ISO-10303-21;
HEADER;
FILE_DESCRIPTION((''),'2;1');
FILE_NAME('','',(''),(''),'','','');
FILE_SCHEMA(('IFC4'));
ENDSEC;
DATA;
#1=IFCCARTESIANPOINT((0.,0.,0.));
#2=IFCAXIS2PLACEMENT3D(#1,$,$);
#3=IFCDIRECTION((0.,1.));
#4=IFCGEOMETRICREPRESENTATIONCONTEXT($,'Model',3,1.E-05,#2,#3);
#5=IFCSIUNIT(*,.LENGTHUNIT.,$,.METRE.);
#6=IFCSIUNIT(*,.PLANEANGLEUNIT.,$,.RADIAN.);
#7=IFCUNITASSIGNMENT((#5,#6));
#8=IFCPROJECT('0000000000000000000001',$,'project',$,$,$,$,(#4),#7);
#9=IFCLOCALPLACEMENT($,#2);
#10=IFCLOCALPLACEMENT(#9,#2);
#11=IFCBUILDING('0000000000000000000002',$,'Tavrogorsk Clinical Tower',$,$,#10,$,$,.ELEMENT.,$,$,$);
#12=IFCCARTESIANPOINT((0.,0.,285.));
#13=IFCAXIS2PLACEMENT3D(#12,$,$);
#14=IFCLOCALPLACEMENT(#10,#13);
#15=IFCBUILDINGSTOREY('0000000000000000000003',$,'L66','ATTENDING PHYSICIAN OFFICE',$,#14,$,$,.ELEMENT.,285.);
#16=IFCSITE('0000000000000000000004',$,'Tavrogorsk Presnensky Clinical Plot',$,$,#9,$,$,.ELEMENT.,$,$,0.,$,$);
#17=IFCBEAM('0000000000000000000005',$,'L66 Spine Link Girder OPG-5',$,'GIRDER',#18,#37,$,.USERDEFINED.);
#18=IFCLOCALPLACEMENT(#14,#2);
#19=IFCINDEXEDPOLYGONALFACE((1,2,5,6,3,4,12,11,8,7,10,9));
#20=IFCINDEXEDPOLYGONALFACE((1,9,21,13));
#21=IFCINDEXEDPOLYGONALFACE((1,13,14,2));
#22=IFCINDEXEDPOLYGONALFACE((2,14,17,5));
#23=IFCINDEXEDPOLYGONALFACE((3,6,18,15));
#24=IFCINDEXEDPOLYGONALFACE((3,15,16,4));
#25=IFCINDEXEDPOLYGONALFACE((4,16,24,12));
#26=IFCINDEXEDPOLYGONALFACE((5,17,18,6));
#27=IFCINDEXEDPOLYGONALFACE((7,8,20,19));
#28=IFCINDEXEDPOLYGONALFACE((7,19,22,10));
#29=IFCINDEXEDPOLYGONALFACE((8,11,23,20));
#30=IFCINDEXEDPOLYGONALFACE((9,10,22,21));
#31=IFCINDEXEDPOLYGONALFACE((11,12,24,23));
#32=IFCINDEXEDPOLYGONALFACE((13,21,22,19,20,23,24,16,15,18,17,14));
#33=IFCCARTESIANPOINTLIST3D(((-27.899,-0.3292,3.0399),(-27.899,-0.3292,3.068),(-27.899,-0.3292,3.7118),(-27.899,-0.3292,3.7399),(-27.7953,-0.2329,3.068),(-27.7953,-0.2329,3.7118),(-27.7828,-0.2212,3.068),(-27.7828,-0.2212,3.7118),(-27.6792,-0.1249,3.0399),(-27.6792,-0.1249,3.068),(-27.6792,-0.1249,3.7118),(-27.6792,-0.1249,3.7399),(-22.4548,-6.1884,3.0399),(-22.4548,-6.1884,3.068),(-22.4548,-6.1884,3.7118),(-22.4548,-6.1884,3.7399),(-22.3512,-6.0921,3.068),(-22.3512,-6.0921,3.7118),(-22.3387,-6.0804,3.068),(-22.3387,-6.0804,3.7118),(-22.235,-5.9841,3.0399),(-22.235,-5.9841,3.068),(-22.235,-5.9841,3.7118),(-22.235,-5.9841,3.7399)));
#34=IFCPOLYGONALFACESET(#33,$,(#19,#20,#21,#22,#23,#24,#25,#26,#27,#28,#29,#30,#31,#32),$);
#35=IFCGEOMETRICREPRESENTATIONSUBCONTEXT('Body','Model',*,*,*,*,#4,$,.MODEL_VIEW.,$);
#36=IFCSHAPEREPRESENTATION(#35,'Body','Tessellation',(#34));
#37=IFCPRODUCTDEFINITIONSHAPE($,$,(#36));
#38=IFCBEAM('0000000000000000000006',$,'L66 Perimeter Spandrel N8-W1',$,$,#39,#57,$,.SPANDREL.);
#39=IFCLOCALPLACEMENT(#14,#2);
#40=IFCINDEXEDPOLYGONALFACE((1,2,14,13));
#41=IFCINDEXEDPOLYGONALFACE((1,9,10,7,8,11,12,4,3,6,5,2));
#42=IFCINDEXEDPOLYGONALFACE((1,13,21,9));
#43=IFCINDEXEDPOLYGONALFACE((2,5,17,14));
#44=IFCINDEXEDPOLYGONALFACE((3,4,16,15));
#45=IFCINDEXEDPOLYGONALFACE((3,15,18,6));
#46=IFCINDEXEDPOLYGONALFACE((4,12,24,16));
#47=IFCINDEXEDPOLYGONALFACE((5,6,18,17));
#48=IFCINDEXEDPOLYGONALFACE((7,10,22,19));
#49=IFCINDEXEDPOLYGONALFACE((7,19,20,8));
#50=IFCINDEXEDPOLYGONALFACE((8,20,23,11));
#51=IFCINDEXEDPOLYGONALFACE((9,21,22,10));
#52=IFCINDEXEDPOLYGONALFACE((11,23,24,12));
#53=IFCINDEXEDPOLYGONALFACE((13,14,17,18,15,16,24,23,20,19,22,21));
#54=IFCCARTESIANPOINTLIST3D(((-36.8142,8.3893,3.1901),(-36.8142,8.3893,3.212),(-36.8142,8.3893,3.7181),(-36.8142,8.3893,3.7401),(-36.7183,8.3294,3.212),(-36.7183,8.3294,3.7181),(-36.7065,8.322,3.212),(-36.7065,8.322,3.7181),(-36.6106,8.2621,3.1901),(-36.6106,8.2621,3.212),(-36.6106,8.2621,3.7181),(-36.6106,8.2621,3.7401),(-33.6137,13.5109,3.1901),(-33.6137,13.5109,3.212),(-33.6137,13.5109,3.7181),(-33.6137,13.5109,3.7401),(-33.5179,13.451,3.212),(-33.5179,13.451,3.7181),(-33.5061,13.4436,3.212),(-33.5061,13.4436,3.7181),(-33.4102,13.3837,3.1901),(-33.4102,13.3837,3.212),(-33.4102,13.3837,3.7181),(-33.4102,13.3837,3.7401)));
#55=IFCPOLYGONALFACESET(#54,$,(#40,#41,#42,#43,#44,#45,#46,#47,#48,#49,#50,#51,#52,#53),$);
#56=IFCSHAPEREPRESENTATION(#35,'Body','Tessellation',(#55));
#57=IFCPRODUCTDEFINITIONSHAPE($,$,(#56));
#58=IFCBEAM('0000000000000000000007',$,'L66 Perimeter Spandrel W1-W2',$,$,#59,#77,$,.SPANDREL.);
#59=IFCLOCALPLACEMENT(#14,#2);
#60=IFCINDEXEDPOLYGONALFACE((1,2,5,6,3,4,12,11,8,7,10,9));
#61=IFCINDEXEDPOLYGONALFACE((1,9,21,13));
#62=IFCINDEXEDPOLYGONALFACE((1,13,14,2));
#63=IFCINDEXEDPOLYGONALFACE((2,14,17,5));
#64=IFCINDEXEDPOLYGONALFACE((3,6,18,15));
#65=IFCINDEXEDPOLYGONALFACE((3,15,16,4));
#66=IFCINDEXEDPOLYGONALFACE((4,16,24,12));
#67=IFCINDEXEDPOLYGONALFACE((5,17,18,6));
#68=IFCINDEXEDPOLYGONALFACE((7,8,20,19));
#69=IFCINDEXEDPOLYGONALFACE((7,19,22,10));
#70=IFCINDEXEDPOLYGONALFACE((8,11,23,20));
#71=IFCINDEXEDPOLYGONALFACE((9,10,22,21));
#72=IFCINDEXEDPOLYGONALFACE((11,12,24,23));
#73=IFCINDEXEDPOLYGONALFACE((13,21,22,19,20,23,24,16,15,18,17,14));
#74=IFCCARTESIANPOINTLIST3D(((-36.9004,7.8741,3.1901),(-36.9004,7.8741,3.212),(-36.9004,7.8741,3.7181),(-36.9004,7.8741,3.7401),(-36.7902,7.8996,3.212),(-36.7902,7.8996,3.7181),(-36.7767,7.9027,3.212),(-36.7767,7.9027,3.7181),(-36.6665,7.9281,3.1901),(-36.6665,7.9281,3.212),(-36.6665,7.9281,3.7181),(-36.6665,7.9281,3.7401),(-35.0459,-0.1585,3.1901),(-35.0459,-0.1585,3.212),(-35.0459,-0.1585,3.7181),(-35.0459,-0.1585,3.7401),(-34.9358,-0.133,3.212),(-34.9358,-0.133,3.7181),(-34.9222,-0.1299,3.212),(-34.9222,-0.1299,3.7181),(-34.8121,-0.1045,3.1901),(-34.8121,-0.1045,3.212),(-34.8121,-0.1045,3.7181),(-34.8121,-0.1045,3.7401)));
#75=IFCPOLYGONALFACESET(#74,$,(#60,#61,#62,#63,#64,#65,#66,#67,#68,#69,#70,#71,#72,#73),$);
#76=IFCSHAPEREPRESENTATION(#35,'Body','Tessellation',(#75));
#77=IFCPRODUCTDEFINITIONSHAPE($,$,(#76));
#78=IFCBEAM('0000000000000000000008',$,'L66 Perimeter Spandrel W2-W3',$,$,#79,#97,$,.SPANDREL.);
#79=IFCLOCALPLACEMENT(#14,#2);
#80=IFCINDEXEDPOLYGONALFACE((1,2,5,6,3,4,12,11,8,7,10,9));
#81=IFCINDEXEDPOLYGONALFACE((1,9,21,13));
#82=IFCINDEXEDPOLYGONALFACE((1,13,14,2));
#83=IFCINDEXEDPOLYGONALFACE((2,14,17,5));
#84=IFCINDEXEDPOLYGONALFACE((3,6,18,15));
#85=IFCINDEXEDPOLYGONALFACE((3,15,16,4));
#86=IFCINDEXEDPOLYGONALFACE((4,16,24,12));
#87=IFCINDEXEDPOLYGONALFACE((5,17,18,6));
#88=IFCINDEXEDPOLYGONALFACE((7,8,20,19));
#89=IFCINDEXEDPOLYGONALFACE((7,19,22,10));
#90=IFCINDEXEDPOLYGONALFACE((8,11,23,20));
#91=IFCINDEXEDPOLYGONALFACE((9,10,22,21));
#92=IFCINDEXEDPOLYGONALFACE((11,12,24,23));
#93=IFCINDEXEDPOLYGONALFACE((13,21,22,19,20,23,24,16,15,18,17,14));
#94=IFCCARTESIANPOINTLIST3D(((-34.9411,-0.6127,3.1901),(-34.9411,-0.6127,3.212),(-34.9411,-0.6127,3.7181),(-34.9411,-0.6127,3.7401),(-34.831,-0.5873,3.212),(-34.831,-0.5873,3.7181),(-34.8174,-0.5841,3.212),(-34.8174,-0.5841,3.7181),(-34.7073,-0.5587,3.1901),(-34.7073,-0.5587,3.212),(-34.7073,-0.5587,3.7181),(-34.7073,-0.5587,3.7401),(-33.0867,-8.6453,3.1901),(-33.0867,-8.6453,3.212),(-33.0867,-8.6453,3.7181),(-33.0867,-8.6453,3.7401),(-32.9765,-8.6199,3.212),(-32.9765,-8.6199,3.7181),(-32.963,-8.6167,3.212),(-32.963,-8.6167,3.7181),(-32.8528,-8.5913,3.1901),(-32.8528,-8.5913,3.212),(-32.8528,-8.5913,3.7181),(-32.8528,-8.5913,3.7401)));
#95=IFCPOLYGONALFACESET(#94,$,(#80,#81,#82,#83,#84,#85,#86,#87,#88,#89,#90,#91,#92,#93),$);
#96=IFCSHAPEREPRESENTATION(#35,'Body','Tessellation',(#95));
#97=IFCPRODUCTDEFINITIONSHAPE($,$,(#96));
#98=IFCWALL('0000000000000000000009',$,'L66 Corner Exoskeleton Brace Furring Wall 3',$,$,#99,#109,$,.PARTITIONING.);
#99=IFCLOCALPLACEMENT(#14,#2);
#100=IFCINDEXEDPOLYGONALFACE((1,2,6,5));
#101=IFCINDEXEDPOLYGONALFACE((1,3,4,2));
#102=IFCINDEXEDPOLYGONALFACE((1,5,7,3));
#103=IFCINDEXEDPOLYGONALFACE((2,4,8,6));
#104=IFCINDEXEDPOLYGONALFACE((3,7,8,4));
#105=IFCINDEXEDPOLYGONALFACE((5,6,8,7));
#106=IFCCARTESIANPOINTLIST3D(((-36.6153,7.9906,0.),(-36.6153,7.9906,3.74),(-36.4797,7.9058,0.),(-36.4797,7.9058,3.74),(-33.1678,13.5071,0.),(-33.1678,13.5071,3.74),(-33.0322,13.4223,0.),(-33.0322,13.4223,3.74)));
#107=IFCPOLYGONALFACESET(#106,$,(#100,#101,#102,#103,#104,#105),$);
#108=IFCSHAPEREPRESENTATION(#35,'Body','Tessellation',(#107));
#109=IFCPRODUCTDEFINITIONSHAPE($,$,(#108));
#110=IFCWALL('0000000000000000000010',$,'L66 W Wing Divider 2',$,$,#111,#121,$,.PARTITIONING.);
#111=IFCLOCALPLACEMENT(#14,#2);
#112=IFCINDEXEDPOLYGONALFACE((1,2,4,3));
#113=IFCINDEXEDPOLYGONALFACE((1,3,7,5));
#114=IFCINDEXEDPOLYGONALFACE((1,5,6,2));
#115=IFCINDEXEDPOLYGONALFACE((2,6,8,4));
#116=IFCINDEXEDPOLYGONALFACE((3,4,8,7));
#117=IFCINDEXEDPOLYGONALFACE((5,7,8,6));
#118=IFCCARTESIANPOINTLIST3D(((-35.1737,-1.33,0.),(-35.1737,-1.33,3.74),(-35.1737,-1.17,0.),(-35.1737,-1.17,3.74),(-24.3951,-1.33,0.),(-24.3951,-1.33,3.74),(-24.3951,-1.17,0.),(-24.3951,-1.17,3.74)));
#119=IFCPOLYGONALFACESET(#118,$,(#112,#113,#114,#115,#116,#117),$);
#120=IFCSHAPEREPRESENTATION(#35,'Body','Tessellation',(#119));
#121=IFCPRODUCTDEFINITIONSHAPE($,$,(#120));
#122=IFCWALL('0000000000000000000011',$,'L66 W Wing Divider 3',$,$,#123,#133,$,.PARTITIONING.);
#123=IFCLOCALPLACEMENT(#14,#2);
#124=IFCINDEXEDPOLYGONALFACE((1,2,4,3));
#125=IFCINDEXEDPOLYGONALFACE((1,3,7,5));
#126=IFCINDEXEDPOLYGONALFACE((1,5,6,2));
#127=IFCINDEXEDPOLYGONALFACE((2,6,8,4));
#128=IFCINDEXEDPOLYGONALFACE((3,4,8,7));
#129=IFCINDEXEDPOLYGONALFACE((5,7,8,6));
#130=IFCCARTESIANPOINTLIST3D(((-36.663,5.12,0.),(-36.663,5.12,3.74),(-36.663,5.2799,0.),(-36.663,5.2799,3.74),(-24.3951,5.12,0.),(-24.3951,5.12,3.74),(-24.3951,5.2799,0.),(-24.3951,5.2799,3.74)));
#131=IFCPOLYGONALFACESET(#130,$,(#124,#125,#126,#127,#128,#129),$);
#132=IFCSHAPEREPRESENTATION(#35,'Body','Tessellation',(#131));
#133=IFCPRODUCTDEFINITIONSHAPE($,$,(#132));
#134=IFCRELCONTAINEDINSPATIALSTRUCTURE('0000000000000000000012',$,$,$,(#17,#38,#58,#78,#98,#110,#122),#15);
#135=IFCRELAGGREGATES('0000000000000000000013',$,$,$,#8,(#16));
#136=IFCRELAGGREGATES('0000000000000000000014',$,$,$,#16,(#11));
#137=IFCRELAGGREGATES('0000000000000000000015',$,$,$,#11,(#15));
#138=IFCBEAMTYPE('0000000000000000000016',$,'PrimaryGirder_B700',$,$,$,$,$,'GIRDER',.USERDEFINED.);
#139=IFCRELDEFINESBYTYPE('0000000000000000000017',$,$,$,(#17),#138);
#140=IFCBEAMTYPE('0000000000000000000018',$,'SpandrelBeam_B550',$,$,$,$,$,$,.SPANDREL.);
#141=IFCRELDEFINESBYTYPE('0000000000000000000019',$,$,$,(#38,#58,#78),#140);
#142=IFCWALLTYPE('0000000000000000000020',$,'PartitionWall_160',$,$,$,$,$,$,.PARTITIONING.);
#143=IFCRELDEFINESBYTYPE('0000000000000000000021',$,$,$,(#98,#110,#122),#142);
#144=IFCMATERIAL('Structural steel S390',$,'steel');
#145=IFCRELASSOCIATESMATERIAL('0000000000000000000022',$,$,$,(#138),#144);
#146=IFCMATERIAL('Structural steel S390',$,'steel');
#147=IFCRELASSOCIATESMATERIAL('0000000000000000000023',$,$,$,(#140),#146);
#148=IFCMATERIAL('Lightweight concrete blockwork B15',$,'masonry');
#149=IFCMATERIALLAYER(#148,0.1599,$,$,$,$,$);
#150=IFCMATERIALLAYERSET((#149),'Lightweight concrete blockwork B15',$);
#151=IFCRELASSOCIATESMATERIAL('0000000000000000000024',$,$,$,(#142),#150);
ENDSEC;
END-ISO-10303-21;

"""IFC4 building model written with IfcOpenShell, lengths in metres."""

from ifc_helpers import new_model, si_unit, direction, frame, frame_2d, origin, origin_2d, place, context, subcontext, project, spatial, rectangle, i_section, extrude, material, layer, layer_set, material_profile, profile_set, type_object, element, save


model = new_model("IFC4")

# Units and contexts
model_context = context("Model", 3, precision=1e-05, world=origin(), true_north=direction((0.0, 1.0)))
body_context = subcontext(model_context, "Body", "Model", "MODEL_VIEW")
ifc_project = project(units=[si_unit("LENGTHUNIT", "METRE"), si_unit("PLANEANGLEUNIT", "RADIAN")], contexts=[model_context])

# Site, building, storey
site_placement = place(None, origin())
site = spatial("IfcSite", under=ifc_project, at=site_placement, Name="Tavrogorsk Presnensky Clinical Plot", CompositionType="ELEMENT", RefElevation=0.0)
building_placement = place(site_placement, origin())
building = spatial("IfcBuilding", under=site, at=building_placement, Name="Tavrogorsk Clinical Tower", CompositionType="ELEMENT")
storey_placement = place(building_placement, frame((0.0, 0.0, 285.0)))
storey = spatial("IfcBuildingStorey", under=building, at=storey_placement, Name="L66", Description="ATTENDING PHYSICIAN OFFICE", CompositionType="ELEMENT", Elevation=285.0)

# Beams
ifc_material_1 = material(Name="Structural steel S390", Category="steel")
ifc_material_profile_1 = material_profile(ifc_material_1, i_section(OverallWidth=0.3, OverallDepth=0.7, WebThickness=0.0171, FlangeThickness=0.0281, at=origin_2d()), Name="B-700x300x17x28")
ifc_profile_set_1 = profile_set([ifc_material_profile_1], Name="Structural steel S390")
beam_type_1 = type_object("IfcBeamType", Name="PrimaryGirder_B700", ElementType="GIRDER", PredefinedType="USERDEFINED", material=ifc_profile_set_1)
beam_1_placement = place(storey_placement, frame((-27.7891, -0.2271, 3.3899), z_axis=(0.680684, -0.732577, 0.0), x_axis=(0.732577, 0.680684, 0.0)))
element("IfcBeam", 1, at=beam_1_placement, inside=storey, type_object=beam_type_1, Name="L66 Spine Link Girder OPG-5", ObjectType="GIRDER", PredefinedType="USERDEFINED", context=body_context, shape_type="SweptSolid", body=[
    extrude(i_section(OverallWidth=0.3, OverallDepth=0.7, WebThickness=0.0171, FlangeThickness=0.0281, at=origin_2d()), origin(), (0.0, 0.0, 1.0), 7.998),
])
ifc_material_2 = material(Name="Structural steel S390", Category="steel")
ifc_material_profile_2 = material_profile(ifc_material_2, i_section(OverallWidth=0.24, OverallDepth=0.55, WebThickness=0.0139, FlangeThickness=0.022, at=origin_2d()), Name="B-550x240x14x22")
ifc_profile_set_2 = profile_set([ifc_material_profile_2], Name="Structural steel S390")
beam_type_2 = type_object("IfcBeamType", Name="SpandrelBeam_B550", PredefinedType="SPANDREL", material=ifc_profile_set_2)
beam_2_placement = place(storey_placement, frame((-33.512, 13.4473, 3.4651), z_axis=(-0.529934, -0.848039, 0.0), x_axis=(0.848039, -0.529934, 0.0)))
element("IfcBeam", 2, at=beam_2_placement, inside=storey, type_object=beam_type_2, Name="L66 Perimeter Spandrel N8-W1", PredefinedType="SPANDREL", context=body_context, shape_type="SweptSolid", body=[
    extrude(i_section(OverallWidth=0.24, OverallDepth=0.55, WebThickness=0.0139, FlangeThickness=0.022, at=origin_2d()), origin(), (0.0, 0.0, 1.0), 6.0393),
])
for number, where, z_axis, x_axis, name in (
    (3, (-36.7834, 7.9011, 3.4651), (0.22495, -0.97437, 0.0), (0.97437, 0.22495, 0.0), "L66 Perimeter Spandrel W1-W2"),
    (4, (-34.8242, -0.5857, 3.4651), (0.22495, -0.97437, 0.0), (0.97437, 0.22495, 0.0), "L66 Perimeter Spandrel W2-W3"),
):
    element("IfcBeam", number, at=place(storey_placement, frame(where, z_axis=z_axis, x_axis=x_axis)), inside=storey, type_object=beam_type_2, Name=name, PredefinedType="SPANDREL", context=body_context, shape_type="SweptSolid", body=[
        extrude(i_section(OverallWidth=0.24, OverallDepth=0.55, WebThickness=0.0139, FlangeThickness=0.022, at=origin_2d()), origin(), (0.0, 0.0, 1.0), 8.2439),
    ])

# Walls
ifc_material_3 = material(Name="Lightweight concrete blockwork B15", Category="masonry")
ifc_layer_1 = layer(ifc_material_3, 0.1599)
ifc_layer_set_1 = layer_set([ifc_layer_1], Name="Lightweight concrete blockwork B15")
wall_type_1 = type_object("IfcWallType", Name="PartitionWall_160", PredefinedType="PARTITIONING", material=ifc_layer_set_1)
wall_1_placement = place(storey_placement, frame((-33.1001, 13.4646, 0.0), z_axis=(0.0, 0.0, 1.0), x_axis=(-0.529958, -0.848024, 0.0)))
element("IfcWall", 5, at=wall_1_placement, inside=storey, type_object=wall_type_1, Name="L66 Corner Exoskeleton Brace Furring Wall 3", PredefinedType="PARTITIONING", context=body_context, shape_type="SweptSolid", body=[
    extrude(rectangle(XDim=6.5051, YDim=0.1599, at=frame_2d((3.2524, 0.0))), origin(), (0.0, 0.0, 1.0), 3.74),
])
wall_2_placement = place(storey_placement, frame((-35.1736, -1.25, 0.0), z_axis=(0.0, 0.0, 1.0), x_axis=(1.0, 0.0, 0.0)))
element("IfcWall", 6, at=wall_2_placement, inside=storey, type_object=wall_type_1, Name="L66 W Wing Divider 2", PredefinedType="PARTITIONING", context=body_context, shape_type="SweptSolid", body=[
    extrude(rectangle(XDim=10.7786, YDim=0.1599, at=frame_2d((5.3892, 0.0))), origin(), (0.0, 0.0, 1.0), 3.74),
])
wall_3_placement = place(storey_placement, frame((-36.6628, 5.2, 0.0), z_axis=(0.0, 0.0, 1.0), x_axis=(1.0, 0.0, 0.0)))
element("IfcWall", 7, at=wall_3_placement, inside=storey, type_object=wall_type_1, Name="L66 W Wing Divider 3", PredefinedType="PARTITIONING", context=body_context, shape_type="SweptSolid", body=[
    extrude(rectangle(XDim=12.2678, YDim=0.1599, at=frame_2d((6.1338, 0.0))), origin(), (0.0, 0.0, 1.0), 3.74),
])

save(model, "model.ifc")
